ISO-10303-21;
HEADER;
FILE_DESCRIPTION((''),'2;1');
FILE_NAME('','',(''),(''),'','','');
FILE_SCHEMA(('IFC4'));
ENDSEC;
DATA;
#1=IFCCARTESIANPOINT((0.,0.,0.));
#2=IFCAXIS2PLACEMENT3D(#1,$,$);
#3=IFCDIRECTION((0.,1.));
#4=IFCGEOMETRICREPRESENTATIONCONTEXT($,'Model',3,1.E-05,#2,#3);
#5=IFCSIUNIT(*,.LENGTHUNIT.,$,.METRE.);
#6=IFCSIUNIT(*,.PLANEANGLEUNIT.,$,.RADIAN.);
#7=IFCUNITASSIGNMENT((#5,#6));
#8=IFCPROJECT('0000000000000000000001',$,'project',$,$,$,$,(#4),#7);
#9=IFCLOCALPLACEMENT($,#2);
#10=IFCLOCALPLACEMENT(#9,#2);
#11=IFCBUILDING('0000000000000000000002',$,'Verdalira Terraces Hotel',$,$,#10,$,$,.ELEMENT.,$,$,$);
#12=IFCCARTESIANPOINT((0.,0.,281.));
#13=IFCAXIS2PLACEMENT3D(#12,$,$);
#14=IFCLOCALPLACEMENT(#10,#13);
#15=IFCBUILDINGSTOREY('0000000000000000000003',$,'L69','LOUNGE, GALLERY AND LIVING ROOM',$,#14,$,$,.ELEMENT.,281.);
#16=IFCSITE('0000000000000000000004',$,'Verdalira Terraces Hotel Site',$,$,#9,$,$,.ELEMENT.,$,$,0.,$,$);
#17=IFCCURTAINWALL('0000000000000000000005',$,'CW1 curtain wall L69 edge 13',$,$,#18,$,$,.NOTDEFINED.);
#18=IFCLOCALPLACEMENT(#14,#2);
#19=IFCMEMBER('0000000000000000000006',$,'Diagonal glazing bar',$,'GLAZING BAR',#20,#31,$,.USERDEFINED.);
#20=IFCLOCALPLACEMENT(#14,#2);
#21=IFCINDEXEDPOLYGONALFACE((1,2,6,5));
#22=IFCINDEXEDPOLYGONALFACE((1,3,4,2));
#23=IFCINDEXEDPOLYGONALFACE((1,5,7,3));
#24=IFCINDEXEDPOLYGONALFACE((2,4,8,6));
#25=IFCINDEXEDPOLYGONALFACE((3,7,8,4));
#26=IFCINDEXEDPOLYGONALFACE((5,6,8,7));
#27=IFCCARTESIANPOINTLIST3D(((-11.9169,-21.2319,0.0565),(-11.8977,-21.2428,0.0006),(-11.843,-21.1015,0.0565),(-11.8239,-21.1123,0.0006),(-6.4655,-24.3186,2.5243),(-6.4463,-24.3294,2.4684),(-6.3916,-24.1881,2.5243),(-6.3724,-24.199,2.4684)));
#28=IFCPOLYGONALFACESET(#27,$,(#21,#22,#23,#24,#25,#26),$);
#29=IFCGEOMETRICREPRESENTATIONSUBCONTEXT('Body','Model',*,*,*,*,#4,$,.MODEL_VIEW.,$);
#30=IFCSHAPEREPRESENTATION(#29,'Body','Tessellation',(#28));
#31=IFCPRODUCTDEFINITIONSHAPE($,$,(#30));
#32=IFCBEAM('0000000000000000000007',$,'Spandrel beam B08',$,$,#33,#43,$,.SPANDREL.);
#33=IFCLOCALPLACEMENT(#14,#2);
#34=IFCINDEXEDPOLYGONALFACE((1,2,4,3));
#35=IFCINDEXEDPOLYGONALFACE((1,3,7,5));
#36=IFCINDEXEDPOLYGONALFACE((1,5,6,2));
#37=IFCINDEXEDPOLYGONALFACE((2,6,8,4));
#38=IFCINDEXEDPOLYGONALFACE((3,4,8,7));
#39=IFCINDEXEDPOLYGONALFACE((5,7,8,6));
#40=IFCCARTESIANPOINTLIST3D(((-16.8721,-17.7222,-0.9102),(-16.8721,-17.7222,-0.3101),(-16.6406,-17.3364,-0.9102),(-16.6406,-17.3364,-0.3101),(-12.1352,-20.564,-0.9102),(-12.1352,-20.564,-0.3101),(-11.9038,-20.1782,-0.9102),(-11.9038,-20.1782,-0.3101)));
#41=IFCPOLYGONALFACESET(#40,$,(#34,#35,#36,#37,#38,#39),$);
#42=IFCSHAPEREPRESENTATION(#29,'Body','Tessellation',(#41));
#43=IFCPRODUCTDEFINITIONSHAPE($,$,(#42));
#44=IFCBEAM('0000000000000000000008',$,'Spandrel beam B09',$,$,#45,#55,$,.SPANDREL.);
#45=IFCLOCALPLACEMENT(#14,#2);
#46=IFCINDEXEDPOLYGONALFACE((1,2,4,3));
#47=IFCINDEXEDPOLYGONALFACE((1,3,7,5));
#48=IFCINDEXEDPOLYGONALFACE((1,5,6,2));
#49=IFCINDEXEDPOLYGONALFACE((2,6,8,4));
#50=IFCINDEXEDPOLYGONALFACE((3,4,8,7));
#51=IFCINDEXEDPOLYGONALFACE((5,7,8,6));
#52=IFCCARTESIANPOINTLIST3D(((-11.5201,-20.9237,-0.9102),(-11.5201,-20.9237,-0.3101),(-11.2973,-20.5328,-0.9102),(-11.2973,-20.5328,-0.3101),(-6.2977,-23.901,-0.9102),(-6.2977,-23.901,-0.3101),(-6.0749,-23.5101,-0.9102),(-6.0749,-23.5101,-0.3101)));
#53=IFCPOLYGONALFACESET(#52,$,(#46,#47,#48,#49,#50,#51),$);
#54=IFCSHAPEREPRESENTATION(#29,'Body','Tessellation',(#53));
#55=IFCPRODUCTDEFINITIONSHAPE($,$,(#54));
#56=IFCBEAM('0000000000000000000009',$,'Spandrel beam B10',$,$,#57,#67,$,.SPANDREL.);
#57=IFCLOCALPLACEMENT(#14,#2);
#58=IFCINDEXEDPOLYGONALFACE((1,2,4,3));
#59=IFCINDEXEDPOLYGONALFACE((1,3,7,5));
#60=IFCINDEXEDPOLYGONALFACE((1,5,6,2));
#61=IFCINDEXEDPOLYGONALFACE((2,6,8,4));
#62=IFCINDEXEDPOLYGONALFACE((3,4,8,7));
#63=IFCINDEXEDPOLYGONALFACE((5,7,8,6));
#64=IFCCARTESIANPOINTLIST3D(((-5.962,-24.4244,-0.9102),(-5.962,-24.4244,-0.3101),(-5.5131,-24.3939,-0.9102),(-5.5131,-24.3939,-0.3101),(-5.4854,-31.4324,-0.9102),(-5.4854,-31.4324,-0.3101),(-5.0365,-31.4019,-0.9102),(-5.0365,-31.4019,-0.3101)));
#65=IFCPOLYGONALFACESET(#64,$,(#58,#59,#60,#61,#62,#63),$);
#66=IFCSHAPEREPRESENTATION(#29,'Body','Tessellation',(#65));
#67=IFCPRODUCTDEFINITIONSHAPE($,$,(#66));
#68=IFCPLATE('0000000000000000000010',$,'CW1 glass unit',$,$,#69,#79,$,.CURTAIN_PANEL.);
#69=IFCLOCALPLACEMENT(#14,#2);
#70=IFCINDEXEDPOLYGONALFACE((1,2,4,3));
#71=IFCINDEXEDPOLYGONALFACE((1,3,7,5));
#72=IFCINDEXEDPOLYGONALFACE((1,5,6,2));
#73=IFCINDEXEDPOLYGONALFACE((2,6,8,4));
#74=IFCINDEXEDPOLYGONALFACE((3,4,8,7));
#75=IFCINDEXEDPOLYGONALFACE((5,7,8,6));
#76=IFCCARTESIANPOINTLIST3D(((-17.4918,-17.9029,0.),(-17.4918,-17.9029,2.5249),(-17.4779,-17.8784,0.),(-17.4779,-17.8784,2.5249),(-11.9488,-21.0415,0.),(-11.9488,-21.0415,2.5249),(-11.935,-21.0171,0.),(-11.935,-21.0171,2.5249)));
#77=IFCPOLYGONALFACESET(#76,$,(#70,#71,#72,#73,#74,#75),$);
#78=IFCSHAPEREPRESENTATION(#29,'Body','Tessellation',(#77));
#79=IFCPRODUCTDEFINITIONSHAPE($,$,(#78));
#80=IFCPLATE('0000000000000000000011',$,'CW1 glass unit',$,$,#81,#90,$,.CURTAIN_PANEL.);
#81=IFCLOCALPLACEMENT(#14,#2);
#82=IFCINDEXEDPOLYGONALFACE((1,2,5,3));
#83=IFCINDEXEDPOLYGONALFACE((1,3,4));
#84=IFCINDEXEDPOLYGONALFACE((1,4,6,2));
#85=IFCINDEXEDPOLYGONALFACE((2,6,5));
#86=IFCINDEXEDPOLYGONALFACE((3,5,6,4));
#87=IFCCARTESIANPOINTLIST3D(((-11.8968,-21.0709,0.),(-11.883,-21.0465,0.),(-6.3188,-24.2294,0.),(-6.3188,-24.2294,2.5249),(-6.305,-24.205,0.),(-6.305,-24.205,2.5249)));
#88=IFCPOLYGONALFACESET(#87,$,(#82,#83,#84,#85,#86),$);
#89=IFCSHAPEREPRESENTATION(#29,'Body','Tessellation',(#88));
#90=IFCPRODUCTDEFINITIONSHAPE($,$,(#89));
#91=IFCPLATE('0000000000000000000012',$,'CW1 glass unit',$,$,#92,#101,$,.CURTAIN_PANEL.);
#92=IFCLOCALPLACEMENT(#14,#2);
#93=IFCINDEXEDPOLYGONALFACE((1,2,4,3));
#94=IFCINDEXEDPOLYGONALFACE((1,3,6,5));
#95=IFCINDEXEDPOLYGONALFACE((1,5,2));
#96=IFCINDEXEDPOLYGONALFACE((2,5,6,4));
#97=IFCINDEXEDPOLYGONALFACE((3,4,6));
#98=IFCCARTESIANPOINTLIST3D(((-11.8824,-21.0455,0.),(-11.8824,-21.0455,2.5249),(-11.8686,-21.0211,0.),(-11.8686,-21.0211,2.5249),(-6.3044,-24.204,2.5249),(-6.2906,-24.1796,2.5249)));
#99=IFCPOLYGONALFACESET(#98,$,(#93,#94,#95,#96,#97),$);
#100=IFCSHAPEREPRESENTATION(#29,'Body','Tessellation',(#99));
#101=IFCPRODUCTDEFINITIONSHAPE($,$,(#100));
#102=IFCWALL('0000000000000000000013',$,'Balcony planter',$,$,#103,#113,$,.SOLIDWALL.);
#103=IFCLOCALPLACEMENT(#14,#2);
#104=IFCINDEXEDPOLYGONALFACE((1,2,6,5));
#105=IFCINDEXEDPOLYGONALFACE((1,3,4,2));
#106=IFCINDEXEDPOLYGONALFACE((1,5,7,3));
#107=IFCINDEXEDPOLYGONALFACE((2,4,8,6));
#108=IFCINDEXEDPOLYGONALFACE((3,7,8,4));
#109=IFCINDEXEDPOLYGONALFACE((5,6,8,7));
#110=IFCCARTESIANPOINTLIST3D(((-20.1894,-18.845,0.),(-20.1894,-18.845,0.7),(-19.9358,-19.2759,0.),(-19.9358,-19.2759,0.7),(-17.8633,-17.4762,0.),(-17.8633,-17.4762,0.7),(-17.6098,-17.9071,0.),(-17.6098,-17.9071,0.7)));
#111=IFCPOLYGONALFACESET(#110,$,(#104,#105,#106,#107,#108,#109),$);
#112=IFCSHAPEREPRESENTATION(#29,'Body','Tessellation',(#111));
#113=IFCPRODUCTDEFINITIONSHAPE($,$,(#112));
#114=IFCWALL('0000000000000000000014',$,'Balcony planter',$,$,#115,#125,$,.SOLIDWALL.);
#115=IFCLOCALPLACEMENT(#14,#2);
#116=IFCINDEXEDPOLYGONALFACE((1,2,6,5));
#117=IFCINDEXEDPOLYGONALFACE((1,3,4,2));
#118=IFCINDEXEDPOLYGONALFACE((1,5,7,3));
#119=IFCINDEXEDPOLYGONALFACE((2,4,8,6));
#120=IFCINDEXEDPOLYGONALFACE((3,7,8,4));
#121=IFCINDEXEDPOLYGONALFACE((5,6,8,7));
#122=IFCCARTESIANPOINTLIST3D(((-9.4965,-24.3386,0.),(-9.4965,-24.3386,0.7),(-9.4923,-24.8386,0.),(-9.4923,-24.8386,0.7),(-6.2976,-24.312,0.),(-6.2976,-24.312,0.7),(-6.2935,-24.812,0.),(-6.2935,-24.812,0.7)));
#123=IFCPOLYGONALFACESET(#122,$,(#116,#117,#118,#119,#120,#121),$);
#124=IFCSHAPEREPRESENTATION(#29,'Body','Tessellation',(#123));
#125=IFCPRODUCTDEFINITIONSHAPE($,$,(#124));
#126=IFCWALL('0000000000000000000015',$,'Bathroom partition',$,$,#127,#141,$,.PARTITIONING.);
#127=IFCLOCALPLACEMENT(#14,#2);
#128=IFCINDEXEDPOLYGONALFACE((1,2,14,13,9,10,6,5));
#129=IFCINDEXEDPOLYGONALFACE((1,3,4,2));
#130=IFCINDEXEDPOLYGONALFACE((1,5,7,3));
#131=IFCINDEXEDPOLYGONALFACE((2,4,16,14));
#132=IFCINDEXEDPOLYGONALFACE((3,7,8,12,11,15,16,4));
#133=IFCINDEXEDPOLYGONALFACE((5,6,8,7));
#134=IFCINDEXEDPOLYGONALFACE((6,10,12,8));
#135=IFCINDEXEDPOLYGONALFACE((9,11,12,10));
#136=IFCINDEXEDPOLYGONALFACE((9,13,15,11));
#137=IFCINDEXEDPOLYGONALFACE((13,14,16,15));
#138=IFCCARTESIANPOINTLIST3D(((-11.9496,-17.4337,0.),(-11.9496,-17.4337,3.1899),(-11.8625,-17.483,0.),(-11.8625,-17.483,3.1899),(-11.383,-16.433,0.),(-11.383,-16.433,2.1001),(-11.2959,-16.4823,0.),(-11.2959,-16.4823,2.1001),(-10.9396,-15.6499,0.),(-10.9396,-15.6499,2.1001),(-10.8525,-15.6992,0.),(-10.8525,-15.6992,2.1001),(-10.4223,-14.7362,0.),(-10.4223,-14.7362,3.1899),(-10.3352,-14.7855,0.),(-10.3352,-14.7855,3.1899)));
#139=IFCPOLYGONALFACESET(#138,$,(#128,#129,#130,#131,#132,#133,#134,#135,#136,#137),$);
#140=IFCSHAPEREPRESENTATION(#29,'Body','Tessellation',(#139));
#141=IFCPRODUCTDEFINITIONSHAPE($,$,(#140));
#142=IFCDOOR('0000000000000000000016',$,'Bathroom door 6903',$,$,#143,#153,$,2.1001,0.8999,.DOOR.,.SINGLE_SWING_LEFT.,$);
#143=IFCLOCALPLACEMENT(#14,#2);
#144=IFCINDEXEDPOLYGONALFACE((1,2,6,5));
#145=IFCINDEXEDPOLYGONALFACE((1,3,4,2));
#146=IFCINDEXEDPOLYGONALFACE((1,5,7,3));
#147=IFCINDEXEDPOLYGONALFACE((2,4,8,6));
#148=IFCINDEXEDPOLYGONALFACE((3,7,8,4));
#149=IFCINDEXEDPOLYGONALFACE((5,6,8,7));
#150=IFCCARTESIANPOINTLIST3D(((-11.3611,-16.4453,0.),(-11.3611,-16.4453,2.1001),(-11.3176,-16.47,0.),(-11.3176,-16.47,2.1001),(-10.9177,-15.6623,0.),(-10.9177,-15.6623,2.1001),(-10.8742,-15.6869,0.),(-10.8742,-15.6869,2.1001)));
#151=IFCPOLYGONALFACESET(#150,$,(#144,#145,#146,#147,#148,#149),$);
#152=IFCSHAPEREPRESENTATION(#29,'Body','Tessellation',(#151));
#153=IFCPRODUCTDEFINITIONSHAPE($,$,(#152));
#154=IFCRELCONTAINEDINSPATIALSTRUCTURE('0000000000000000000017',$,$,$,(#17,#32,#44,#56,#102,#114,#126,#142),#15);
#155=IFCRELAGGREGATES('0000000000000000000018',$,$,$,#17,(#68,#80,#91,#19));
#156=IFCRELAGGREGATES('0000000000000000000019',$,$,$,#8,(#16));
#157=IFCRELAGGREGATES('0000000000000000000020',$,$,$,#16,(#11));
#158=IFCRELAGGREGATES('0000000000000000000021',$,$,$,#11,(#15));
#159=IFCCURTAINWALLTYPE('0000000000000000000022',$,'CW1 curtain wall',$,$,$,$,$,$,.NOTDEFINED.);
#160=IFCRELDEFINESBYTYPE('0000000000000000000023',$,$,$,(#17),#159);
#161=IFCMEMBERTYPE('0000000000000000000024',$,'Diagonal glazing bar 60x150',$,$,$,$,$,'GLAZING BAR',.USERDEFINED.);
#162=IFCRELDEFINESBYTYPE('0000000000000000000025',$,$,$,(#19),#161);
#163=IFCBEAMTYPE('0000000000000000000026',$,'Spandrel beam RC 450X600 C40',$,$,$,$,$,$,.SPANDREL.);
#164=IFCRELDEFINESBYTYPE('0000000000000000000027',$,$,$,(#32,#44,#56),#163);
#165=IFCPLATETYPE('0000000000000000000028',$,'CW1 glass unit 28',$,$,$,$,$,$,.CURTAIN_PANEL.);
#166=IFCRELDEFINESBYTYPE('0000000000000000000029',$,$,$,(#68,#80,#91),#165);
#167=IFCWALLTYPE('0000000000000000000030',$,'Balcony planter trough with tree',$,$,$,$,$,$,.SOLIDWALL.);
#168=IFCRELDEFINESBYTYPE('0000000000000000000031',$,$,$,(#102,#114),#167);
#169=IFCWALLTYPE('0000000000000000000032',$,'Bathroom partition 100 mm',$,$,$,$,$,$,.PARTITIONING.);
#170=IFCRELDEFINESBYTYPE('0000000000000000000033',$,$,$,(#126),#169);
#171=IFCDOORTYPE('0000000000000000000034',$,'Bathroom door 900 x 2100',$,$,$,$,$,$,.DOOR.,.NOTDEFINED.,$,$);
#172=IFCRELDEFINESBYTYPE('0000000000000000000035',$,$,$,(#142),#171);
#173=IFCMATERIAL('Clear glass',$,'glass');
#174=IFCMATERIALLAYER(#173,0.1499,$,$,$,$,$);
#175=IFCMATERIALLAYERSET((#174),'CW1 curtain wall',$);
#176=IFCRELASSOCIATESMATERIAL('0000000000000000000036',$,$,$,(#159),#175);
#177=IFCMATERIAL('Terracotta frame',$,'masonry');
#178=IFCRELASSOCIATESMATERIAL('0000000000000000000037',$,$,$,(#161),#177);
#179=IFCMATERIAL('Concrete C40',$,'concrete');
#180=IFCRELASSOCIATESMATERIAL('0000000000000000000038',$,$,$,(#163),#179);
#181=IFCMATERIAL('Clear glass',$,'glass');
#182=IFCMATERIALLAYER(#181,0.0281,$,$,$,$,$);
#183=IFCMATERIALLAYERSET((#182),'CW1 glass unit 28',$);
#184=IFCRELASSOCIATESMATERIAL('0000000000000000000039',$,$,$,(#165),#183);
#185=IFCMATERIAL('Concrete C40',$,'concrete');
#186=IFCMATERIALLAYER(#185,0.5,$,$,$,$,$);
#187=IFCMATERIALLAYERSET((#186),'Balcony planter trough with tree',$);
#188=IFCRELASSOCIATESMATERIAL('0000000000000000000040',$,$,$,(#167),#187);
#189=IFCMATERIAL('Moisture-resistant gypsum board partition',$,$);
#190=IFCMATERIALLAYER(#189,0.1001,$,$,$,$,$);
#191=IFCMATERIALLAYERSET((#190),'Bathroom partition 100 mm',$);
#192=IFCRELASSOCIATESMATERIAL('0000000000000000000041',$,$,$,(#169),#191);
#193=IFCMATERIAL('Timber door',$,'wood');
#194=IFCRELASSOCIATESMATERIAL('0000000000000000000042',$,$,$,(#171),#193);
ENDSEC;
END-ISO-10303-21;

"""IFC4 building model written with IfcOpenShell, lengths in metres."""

from ifc_helpers import new_model, si_unit, direction, frame, frame_2d, origin, origin_2d, place, context, subcontext, project, spatial, polyline, rectangle, outline, extrude, material, layer, layer_set, material_profile, profile_set, type_object, element, fill, aggregate, save


model = new_model("IFC4")

# Units and contexts
model_context = context("Model", 3, precision=1e-05, world=origin(), true_north=direction((0.0, 1.0)))
body_context = subcontext(model_context, "Body", "Model", "MODEL_VIEW")
ifc_project = project(units=[si_unit("LENGTHUNIT", "METRE"), si_unit("PLANEANGLEUNIT", "RADIAN")], contexts=[model_context])

# Site, building, storey
site_placement = place(None, origin())
site = spatial("IfcSite", under=ifc_project, at=site_placement, Name="Verdalira Terraces Hotel Site", CompositionType="ELEMENT", RefElevation=0.0)
building_placement = place(site_placement, origin())
building = spatial("IfcBuilding", under=site, at=building_placement, Name="Verdalira Terraces Hotel", CompositionType="ELEMENT")
storey_placement = place(building_placement, frame((0.0, 0.0, 281.0)))
storey = spatial("IfcBuildingStorey", under=building, at=storey_placement, Name="L69", Description="LOUNGE, GALLERY AND LIVING ROOM", CompositionType="ELEMENT", Elevation=281.0)

# Shared definitions
ifc_material_1 = material(Name="Clear glass", Category="glass")
ifc_layer_1 = layer(ifc_material_1, 0.1499)
ifc_layer_set_1 = layer_set([ifc_layer_1], Name="CW1 curtain wall")
curtain_wall_type_1 = type_object("IfcCurtainWallType", Name="CW1 curtain wall", PredefinedType="NOTDEFINED", material=ifc_layer_set_1)

# Curtain wall
curtain_wall_1_placement = place(storey_placement, origin())
curtain_wall_1 = element("IfcCurtainWall", 1, at=curtain_wall_1_placement, inside=storey, type_object=curtain_wall_type_1, Name="CW1 curtain wall L69 edge 13", PredefinedType="NOTDEFINED")

# Member
ifc_material_2 = material(Name="Terracotta frame", Category="masonry")
ifc_material_profile_1 = material_profile(ifc_material_2, rectangle(XDim=0.1499, YDim=0.0601, at=origin_2d()), Name="GB 60x150")
ifc_profile_set_1 = profile_set([ifc_material_profile_1], Name="Terracotta frame")
member_type_1 = type_object("IfcMemberType", Name="Diagonal glazing bar 60x150", ElementType="GLAZING BAR", PredefinedType="USERDEFINED", material=ifc_profile_set_1)
member_1_placement = place(storey_placement, frame((-11.8704, -21.1721, 0.0286), z_axis=(0.809638, -0.458428, 0.366511), x_axis=(0.492715, 0.870191, 0.0)))
member_1 = element("IfcMember", 2, at=member_1_placement, type_object=member_type_1, Name="Diagonal glazing bar", ObjectType="GLAZING BAR", PredefinedType="USERDEFINED", context=body_context, shape_type="SweptSolid", body=[
    extrude(rectangle(XDim=0.1499, YDim=0.0601, at=origin_2d()), origin(), (0.0, 0.0, 1.0), 6.7332),
])

# Beams
ifc_material_3 = material(Name="Concrete C40", Category="concrete")
ifc_material_profile_2 = material_profile(ifc_material_3, rectangle(XDim=0.45, YDim=0.6001, at=origin_2d()), Name="RC 450X600")
ifc_profile_set_2 = profile_set([ifc_material_profile_2], Name="Concrete C40")
beam_type_1 = type_object("IfcBeamType", Name="Spandrel beam RC 450X600 C40", PredefinedType="SPANDREL", material=ifc_profile_set_2)
beam_1_placement = place(storey_placement, frame((-16.7563, -17.5293, -0.6101), z_axis=(0.857516, -0.514457, 0.0), x_axis=(0.514457, 0.857516, 0.0)))
element("IfcBeam", 3, at=beam_1_placement, inside=storey, type_object=beam_type_1, Name="Spandrel beam B08", PredefinedType="SPANDREL", context=body_context, shape_type="SweptSolid", body=[
    extrude(rectangle(XDim=0.45, YDim=0.6001, at=origin_2d()), origin(), (0.0, 0.0, 1.0), 5.5239),
])
beam_2_placement = place(storey_placement, frame((-11.4087, -20.7283, -0.6101), z_axis=(0.86874, -0.495268, 0.0), x_axis=(0.495268, 0.86874, 0.0)))
element("IfcBeam", 4, at=beam_2_placement, inside=storey, type_object=beam_type_1, Name="Spandrel beam B09", PredefinedType="SPANDREL", context=body_context, shape_type="SweptSolid", body=[
    extrude(rectangle(XDim=0.45, YDim=0.6001, at=origin_2d()), origin(), (0.0, 0.0, 1.0), 6.0115),
])
beam_3_placement = place(storey_placement, frame((-5.7375, -24.4092, -0.6101), z_axis=(0.067845, -0.997696, 0.0), x_axis=(0.997696, 0.067845, 0.0)))
element("IfcBeam", 5, at=beam_3_placement, inside=storey, type_object=beam_type_1, Name="Spandrel beam B10", PredefinedType="SPANDREL", context=body_context, shape_type="SweptSolid", body=[
    extrude(rectangle(XDim=0.45, YDim=0.6001, at=origin_2d()), origin(), (0.0, 0.0, 1.0), 7.0242),
])

# Plates
ifc_material_4 = material(Name="Clear glass", Category="glass")
ifc_layer_2 = layer(ifc_material_4, 0.0281)
ifc_layer_set_2 = layer_set([ifc_layer_2], Name="CW1 glass unit 28")
plate_type = type_object("IfcPlateType", Name="CW1 glass unit 28", PredefinedType="CURTAIN_PANEL", material=ifc_layer_set_2)
plate_1_placement = place(storey_placement, frame((-14.7134, -19.46, 0.0), z_axis=(0.0, 0.0, 1.0), x_axis=(0.870184, -0.492727, 0.0)))
plate_1 = element("IfcPlate", 6, at=plate_1_placement, type_object=plate_type, Name="CW1 glass unit", PredefinedType="CURTAIN_PANEL", context=body_context, shape_type="SweptSolid", body=[
    extrude(rectangle(XDim=6.3699, YDim=0.0281, at=origin_2d()), origin(), (0.0, 0.0, 1.0), 2.5249),
])
plate_2_placement = place(storey_placement, frame((-9.094, -22.6257, 1.2625), z_axis=(-0.492727, -0.870184, 0.0), x_axis=(0.870184, -0.492727, 0.0)))
plate_2 = element("IfcPlate", 7, at=plate_2_placement, type_object=plate_type, Name="CW1 glass unit", PredefinedType="CURTAIN_PANEL", context=body_context, shape_type="SweptSolid", body=[
    extrude(outline(polyline([(-3.2051, -1.2625), (3.2051, -1.2625), (3.2051, 1.2625), (-3.2051, -1.2625)])), origin(), (0.0, 0.0, 1.0), 0.0281),
])
plate_3_placement = place(storey_placement, frame((-9.0796, -22.6003, 1.2625), z_axis=(-0.492727, -0.870184, 0.0), x_axis=(0.870184, -0.492727, 0.0)))
plate_3 = element("IfcPlate", 8, at=plate_3_placement, type_object=plate_type, Name="CW1 glass unit", PredefinedType="CURTAIN_PANEL", context=body_context, shape_type="SweptSolid", body=[
    extrude(outline(polyline([(-3.2051, -1.2625), (3.2051, 1.2625), (-3.2051, 1.2625), (-3.2051, -1.2625)])), origin(), (0.0, 0.0, 1.0), 0.0281),
])
aggregate(curtain_wall_1, [plate_1, plate_2, plate_3, member_1])

# Walls
ifc_material_5 = material(Name="Concrete C40", Category="concrete")
ifc_layer_3 = layer(ifc_material_5, 0.5)
ifc_layer_set_3 = layer_set([ifc_layer_3], Name="Balcony planter trough with tree")
wall_type_1 = type_object("IfcWallType", Name="Balcony planter trough with tree", PredefinedType="SOLIDWALL", material=ifc_layer_set_3)
wall_1_placement = place(storey_placement, frame((-20.0627, -19.0605, 0.0), z_axis=(0.0, 0.0, 1.0), x_axis=(0.861844, 0.507174, 0.0)))
element("IfcWall", 9, at=wall_1_placement, inside=storey, type_object=wall_type_1, Name="Balcony planter", PredefinedType="SOLIDWALL", context=body_context, shape_type="SweptSolid", body=[
    extrude(rectangle(XDim=2.699, YDim=0.5, at=frame_2d((1.3496, 0.0))), origin(), (0.0, 0.0, 1.0), 0.7),
])
wall_2_placement = place(storey_placement, frame((-6.2954, -24.562, 0.0), z_axis=(0.0, 0.0, 1.0), x_axis=(-0.999965, -0.008318, 0.0)))
element("IfcWall", 10, at=wall_2_placement, inside=storey, type_object=wall_type_1, Name="Balcony planter", PredefinedType="SOLIDWALL", context=body_context, shape_type="SweptSolid", body=[
    extrude(rectangle(XDim=3.199, YDim=0.5, at=frame_2d((1.5996, 0.0))), origin(), (0.0, 0.0, 1.0), 0.7),
])

# Wall, opening, door
ifc_material_6 = material(Name="Moisture-resistant gypsum board partition")
ifc_layer_4 = layer(ifc_material_6, 0.1001)
ifc_layer_set_4 = layer_set([ifc_layer_4], Name="Bathroom partition 100 mm")
wall_type_2 = type_object("IfcWallType", Name="Bathroom partition 100 mm", PredefinedType="PARTITIONING", material=ifc_layer_set_4)
wall_3_placement = place(storey_placement, frame((-11.906, -17.4583, 0.0), z_axis=(0.0, 0.0, 1.0), x_axis=(0.492709, 0.870194, 0.0)))
wall_3 = element("IfcWall", 11, at=wall_3_placement, inside=storey, type_object=wall_type_2, Name="Bathroom partition", PredefinedType="PARTITIONING", context=body_context, shape_type="SweptSolid", body=[
    extrude(rectangle(XDim=3.0999, YDim=0.1001, at=frame_2d((1.5498, 0.0))), origin(), (0.0, 0.0, 1.0), 3.1899),
])
opening_1_placement = place(wall_3_placement, frame((1.1499, 0.0, 0.0)))
opening_1 = element("IfcOpeningElement", 12, at=opening_1_placement, cuts=wall_3, PredefinedType="OPENING", context=body_context, shape_type="SweptSolid", body=[
    extrude(rectangle(XDim=0.8999, YDim=2.1001, at=frame_2d((0.45, 1.05))), frame((0.0, 0.0601, 0.0), z_axis=(0.0, -1.0, 0.0), x_axis=(1.0, 0.0, 0.0)), (0.0, 0.0, 1.0), 0.1201),
])
ifc_material_7 = material(Name="Timber door", Category="wood")
door_type_1 = type_object("IfcDoorType", Name="Bathroom door 900 x 2100", OperationType="NOTDEFINED", PredefinedType="DOOR", material=ifc_material_7)
door_1_placement = place(opening_1_placement, origin())
door_1 = element("IfcDoor", 13, at=door_1_placement, inside=storey, type_object=door_type_1, Name="Bathroom door 6903", OperationType="SINGLE_SWING_LEFT", OverallHeight=2.1001, OverallWidth=0.8999, PredefinedType="DOOR", context=body_context, shape_type="SweptSolid", body=[
    extrude(rectangle(XDim=0.8999, YDim=2.1001, at=frame_2d((0.45, 1.05))), frame((0.0, 0.0249, 0.0), z_axis=(0.0, -1.0, 0.0), x_axis=(1.0, 0.0, 0.0)), (0.0, 0.0, 1.0), 0.05),
])
fill(opening_1, door_1)

save(model, "model.ifc")
